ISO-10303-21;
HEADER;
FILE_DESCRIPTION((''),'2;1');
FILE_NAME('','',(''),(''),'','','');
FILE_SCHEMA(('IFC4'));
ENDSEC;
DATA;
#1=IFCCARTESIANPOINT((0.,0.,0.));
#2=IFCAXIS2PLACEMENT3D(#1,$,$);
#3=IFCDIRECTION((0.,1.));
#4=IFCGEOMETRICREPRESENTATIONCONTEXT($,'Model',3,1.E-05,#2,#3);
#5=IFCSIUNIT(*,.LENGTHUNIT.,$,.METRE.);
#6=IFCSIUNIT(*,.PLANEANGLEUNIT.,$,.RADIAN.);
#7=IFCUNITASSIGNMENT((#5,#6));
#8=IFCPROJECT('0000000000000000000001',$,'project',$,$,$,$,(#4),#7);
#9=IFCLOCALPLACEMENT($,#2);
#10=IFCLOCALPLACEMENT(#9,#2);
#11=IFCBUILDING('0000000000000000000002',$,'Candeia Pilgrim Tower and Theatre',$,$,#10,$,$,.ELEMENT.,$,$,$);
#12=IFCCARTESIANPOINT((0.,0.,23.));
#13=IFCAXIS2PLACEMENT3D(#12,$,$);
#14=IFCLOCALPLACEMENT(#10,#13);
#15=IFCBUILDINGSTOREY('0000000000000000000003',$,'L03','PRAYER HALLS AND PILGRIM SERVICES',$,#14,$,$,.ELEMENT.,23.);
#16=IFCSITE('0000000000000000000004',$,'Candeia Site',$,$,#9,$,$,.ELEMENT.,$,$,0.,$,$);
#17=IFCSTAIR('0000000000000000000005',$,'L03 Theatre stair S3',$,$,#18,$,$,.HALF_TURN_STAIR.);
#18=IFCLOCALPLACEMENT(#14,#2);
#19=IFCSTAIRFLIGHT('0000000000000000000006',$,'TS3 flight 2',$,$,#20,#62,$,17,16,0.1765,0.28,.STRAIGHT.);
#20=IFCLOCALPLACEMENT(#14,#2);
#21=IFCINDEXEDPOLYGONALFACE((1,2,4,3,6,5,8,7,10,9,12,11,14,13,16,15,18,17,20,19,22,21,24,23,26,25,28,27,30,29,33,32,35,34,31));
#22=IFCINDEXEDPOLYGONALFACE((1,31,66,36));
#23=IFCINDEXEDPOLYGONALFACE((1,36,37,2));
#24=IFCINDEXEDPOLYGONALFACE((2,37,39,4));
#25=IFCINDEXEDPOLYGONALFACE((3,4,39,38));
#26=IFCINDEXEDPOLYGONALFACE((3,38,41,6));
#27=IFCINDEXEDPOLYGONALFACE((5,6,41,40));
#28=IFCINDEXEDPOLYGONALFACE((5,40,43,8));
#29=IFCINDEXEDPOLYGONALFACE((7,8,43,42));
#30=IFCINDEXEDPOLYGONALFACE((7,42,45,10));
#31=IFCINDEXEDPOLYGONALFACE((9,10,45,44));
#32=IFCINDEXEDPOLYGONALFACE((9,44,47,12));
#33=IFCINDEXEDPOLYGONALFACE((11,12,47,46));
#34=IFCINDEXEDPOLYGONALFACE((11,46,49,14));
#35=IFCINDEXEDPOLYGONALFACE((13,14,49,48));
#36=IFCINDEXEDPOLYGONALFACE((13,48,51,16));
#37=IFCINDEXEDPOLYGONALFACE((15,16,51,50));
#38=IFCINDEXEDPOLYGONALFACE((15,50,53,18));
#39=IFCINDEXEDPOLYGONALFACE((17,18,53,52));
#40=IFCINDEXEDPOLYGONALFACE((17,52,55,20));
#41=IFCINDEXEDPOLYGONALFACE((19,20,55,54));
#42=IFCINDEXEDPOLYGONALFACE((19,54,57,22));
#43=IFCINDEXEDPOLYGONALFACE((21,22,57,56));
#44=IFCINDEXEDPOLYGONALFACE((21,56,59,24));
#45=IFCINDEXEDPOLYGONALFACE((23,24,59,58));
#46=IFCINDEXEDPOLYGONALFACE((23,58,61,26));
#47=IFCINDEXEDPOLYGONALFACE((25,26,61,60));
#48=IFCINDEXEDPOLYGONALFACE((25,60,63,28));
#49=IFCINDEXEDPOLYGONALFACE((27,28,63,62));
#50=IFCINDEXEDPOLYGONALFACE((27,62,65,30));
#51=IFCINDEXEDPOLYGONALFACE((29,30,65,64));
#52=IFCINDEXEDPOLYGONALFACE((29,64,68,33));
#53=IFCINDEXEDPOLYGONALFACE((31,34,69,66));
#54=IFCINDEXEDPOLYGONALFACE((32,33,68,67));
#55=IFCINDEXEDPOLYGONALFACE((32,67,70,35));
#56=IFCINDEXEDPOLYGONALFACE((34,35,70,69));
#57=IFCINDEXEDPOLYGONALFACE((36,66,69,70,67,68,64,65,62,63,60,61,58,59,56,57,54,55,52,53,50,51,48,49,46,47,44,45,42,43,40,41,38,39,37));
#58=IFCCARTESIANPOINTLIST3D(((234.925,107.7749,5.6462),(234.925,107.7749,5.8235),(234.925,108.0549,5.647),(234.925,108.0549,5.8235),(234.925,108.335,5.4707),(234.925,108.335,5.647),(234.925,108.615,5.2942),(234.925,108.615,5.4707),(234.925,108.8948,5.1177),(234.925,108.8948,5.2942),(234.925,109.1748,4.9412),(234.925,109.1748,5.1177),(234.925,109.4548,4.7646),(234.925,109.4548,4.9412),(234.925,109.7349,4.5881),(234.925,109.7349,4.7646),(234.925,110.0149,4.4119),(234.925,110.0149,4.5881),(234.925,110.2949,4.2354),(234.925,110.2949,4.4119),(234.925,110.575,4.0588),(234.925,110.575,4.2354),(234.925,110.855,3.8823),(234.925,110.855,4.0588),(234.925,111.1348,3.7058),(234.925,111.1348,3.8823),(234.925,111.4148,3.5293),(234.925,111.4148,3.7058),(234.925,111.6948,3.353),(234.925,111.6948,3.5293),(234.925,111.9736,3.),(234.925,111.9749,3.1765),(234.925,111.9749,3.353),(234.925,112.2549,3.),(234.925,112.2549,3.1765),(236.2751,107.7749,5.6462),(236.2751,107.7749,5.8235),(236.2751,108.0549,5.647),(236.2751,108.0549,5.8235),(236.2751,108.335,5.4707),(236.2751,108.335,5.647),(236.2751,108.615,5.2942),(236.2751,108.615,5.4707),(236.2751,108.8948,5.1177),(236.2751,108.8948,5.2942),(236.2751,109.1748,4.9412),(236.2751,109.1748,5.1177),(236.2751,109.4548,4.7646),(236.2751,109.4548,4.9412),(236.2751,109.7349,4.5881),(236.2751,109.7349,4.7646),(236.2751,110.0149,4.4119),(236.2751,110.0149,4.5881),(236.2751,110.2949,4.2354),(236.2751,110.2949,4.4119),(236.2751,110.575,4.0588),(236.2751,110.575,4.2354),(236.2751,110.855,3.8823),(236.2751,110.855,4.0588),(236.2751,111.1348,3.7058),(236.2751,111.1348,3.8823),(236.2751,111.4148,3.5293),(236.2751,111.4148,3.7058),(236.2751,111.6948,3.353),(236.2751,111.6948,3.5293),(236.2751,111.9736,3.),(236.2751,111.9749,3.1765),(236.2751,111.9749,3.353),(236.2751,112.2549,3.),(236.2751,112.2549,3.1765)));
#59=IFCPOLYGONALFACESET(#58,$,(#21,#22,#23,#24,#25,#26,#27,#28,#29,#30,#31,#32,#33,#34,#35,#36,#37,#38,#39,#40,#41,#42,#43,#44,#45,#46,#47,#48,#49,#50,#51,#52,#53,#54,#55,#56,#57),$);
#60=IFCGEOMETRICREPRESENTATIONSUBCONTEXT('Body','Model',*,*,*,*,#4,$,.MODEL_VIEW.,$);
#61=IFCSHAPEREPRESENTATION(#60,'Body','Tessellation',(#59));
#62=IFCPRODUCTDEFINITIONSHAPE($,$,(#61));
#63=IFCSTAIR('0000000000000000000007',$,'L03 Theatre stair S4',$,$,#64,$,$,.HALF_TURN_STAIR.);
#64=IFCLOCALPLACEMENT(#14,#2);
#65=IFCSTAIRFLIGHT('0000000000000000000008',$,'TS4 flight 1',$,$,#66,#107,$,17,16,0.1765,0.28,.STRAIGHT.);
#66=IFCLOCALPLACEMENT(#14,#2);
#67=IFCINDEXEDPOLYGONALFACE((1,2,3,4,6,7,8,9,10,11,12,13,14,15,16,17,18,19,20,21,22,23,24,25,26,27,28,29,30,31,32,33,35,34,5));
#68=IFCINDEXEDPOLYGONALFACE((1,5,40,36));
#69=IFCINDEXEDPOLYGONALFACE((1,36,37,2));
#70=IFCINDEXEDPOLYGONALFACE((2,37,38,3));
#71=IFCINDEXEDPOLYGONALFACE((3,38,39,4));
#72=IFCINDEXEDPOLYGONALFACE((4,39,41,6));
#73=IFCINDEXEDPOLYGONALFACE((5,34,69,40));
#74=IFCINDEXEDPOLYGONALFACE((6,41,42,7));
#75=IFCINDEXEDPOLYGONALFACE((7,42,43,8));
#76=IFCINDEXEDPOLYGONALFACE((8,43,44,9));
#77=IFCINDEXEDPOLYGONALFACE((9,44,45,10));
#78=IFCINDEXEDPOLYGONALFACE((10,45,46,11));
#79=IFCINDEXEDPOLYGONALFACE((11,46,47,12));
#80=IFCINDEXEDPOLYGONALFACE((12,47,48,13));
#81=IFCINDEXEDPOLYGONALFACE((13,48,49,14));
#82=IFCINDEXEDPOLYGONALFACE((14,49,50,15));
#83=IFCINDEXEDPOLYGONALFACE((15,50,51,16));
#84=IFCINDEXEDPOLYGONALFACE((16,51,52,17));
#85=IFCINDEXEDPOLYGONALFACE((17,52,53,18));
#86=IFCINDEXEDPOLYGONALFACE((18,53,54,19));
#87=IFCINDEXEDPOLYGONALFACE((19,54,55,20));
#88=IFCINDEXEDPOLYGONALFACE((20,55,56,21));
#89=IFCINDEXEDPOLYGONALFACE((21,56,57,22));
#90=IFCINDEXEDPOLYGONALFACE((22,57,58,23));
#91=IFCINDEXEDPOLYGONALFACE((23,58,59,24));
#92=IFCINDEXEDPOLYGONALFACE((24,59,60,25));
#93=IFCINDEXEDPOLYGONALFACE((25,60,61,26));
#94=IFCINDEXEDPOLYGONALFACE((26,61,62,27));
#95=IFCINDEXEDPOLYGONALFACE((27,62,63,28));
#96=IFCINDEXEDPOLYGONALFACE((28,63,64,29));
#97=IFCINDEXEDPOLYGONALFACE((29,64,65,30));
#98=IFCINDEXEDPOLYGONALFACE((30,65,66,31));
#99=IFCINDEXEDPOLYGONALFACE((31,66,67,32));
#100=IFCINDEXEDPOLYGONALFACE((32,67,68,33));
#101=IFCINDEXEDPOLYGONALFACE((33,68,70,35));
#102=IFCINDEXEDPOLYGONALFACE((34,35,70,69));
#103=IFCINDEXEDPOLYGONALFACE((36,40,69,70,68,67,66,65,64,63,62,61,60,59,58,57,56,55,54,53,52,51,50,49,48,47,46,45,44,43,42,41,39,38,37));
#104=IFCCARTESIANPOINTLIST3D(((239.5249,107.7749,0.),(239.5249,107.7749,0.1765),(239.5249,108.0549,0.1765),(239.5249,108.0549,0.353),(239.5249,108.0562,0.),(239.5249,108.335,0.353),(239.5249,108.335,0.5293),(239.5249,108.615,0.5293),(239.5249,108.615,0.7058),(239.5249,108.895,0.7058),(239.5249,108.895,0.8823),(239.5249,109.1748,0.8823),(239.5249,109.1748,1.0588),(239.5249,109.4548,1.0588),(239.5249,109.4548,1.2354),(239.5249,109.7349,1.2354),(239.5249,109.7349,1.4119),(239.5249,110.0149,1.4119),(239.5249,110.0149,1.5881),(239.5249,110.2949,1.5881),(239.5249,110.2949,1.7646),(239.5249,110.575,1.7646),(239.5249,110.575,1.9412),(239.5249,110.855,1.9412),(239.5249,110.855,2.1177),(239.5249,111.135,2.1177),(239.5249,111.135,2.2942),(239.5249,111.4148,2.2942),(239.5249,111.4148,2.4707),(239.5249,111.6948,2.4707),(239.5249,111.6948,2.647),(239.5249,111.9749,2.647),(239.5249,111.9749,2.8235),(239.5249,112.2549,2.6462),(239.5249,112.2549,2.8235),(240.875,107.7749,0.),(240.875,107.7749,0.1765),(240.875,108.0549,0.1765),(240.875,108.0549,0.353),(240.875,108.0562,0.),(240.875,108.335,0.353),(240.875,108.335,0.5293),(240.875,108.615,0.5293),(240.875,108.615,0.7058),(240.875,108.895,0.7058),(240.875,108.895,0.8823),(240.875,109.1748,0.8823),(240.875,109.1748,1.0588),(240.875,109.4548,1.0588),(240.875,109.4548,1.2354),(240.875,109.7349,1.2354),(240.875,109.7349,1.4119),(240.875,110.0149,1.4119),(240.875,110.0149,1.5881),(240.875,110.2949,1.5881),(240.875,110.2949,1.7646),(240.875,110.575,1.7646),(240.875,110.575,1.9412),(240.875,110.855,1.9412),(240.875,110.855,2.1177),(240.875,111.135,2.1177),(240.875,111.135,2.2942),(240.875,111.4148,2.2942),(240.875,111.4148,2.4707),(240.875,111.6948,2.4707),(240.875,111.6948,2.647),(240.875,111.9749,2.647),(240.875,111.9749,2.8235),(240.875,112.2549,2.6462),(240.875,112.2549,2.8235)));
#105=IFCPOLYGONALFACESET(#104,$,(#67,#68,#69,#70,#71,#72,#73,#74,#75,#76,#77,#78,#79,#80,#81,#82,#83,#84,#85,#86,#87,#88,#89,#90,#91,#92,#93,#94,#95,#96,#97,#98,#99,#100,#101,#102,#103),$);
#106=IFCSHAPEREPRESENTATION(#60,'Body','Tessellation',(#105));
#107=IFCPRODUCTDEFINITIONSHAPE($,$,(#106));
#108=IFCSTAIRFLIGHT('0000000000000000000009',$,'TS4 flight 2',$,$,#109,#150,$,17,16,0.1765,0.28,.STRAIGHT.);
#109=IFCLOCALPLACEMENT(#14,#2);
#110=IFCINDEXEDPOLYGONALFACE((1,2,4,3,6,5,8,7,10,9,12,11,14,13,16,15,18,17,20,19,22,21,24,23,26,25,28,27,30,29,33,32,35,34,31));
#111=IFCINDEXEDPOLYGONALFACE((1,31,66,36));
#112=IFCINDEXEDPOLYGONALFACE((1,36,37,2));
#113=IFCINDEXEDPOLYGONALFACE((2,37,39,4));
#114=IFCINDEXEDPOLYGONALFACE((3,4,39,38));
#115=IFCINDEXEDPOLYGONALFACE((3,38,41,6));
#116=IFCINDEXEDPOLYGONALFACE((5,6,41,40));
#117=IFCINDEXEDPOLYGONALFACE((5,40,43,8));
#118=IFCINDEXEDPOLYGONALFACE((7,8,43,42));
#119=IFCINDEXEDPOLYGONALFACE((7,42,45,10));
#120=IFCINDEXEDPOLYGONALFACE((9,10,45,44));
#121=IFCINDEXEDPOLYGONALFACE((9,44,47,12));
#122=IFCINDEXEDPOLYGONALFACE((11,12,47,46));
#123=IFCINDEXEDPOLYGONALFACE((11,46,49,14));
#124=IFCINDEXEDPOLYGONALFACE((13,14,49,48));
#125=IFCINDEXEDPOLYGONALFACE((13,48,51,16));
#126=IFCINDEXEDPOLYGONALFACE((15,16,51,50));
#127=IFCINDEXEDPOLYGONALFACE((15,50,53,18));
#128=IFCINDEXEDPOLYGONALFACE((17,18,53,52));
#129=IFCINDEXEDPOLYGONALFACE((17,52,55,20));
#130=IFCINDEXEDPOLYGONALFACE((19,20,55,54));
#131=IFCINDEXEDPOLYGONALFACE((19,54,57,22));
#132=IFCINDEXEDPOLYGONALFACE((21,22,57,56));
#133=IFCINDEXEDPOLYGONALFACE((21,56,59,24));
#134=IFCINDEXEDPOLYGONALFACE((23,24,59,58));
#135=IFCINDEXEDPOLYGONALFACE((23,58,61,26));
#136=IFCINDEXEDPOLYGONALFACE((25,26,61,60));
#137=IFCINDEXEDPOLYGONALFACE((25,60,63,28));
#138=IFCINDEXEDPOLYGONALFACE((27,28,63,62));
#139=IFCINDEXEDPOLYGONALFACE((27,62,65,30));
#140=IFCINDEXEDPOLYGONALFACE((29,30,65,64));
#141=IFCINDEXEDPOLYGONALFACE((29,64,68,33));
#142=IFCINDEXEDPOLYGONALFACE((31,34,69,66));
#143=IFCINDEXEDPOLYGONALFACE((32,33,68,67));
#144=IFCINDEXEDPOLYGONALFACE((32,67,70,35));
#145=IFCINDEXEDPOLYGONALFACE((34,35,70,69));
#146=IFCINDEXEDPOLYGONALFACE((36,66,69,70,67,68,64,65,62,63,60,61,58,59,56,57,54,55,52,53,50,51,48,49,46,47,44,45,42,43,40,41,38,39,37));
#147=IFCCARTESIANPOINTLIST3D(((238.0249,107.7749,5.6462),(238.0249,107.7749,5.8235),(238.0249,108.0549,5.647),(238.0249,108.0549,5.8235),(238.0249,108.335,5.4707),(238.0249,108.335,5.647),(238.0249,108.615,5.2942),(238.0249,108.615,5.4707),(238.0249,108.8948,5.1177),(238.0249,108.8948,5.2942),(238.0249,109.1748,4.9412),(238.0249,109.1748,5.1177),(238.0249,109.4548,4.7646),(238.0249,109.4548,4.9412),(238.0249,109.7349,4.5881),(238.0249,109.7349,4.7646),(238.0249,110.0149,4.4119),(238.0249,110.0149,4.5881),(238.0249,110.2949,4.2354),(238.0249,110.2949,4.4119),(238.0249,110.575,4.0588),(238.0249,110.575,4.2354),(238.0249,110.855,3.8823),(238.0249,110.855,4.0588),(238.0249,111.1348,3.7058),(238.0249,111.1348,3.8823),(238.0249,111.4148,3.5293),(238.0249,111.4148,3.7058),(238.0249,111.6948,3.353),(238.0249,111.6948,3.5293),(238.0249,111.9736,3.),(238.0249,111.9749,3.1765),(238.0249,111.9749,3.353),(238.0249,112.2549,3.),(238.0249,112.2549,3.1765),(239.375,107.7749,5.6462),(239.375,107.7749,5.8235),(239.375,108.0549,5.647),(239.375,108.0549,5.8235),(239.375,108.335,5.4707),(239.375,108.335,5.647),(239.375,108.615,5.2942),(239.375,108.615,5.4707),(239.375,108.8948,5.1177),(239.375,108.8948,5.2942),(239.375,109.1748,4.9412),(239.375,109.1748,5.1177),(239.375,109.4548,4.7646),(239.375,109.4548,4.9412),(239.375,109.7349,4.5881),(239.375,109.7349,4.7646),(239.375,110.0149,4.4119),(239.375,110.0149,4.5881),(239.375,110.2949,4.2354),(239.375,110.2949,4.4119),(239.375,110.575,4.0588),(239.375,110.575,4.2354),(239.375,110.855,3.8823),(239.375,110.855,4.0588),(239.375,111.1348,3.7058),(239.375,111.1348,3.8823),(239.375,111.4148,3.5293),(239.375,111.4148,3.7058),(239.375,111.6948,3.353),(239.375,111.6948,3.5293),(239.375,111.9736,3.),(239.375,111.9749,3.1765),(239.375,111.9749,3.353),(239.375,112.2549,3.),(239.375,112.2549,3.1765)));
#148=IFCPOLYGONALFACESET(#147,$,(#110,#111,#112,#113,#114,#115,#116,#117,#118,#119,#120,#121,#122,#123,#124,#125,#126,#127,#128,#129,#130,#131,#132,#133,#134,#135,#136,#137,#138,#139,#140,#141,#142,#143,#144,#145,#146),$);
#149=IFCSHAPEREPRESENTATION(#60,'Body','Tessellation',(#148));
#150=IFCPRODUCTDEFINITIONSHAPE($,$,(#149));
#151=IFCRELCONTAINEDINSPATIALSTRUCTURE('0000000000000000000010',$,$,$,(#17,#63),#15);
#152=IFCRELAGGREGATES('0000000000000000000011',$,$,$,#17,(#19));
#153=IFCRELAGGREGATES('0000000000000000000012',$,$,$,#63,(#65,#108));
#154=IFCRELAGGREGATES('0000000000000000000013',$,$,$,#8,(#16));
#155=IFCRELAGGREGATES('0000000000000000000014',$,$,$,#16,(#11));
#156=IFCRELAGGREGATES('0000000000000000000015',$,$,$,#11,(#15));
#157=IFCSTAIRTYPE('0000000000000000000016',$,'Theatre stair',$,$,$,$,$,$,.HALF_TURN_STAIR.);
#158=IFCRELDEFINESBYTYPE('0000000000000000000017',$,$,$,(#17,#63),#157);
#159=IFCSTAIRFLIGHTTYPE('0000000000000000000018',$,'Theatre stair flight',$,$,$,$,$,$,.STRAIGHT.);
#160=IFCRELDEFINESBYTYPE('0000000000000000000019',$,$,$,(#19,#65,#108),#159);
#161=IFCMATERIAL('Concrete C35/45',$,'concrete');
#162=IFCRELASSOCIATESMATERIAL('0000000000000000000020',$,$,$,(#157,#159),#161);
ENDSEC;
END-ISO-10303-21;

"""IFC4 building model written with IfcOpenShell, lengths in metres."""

from ifc_helpers import new_model, si_unit, direction, frame, origin, place, context, subcontext, project, spatial, polyline, outline, extrude, material, type_object, element, aggregate, save


model = new_model("IFC4")

# Units and contexts
model_context = context("Model", 3, precision=1e-05, world=origin(), true_north=direction((0.0, 1.0)))
body_context = subcontext(model_context, "Body", "Model", "MODEL_VIEW")
ifc_project = project(units=[si_unit("LENGTHUNIT", "METRE"), si_unit("PLANEANGLEUNIT", "RADIAN")], contexts=[model_context])

# Site, building, storey
site_placement = place(None, origin())
site = spatial("IfcSite", under=ifc_project, at=site_placement, Name="Candeia Site", CompositionType="ELEMENT", RefElevation=0.0)
building_placement = place(site_placement, origin())
building = spatial("IfcBuilding", under=site, at=building_placement, Name="Candeia Pilgrim Tower and Theatre", CompositionType="ELEMENT")
storey_placement = place(building_placement, frame((0.0, 0.0, 23.0)))
storey = spatial("IfcBuildingStorey", under=building, at=storey_placement, Name="L03", Description="PRAYER HALLS AND PILGRIM SERVICES", CompositionType="ELEMENT", Elevation=23.0)

# Shared definitions
ifc_material_1 = material(Name="Concrete C35/45", Category="concrete")

# Stairs, stair flights
stair_type = type_object("IfcStairType", Name="Theatre stair", PredefinedType="HALF_TURN_STAIR", material=ifc_material_1)
stair_1_placement = place(storey_placement, origin())
stair_1 = element("IfcStair", 1, at=stair_1_placement, inside=storey, type_object=stair_type, Name="L03 Theatre stair S3", PredefinedType="HALF_TURN_STAIR")
stair_flight_type = type_object("IfcStairFlightType", Name="Theatre stair flight", PredefinedType="STRAIGHT", material=ifc_material_1)
stair_flight_1_placement = place(storey_placement, frame((235.6001, 112.2549, 3.0), z_axis=(0.0, 0.0, 1.0), x_axis=(0.0, -1.0, 0.0)))
stair_flight_1 = element("IfcStairFlight", 2, at=stair_flight_1_placement, type_object=stair_flight_type, Name="TS3 flight 2", NumberOfRisers=17, NumberOfTreads=16, PredefinedType="STRAIGHT", RiserHeight=0.1765, TreadLength=0.28, context=body_context, shape_type="SweptSolid", body=[
    extrude(outline(polyline([(0.0, 0.0), (0.0, 0.1765), (0.28, 0.1765), (0.28, 0.353), (0.5601, 0.353), (0.5601, 0.5293), (0.8401, 0.5293), (0.8401, 0.7058), (1.1201, 0.7058), (1.1201, 0.8823), (1.3999, 0.8823), (1.3999, 1.0588), (1.6799, 1.0588), (1.6799, 1.2354), (1.96, 1.2354), (1.96, 1.4119), (2.24, 1.4119), (2.24, 1.5881), (2.52, 1.5881), (2.52, 1.7646), (2.8, 1.7646), (2.8, 1.9412), (3.0801, 1.9412), (3.0801, 2.1177), (3.3601, 2.1177), (3.3601, 2.2942), (3.6399, 2.2942), (3.6399, 2.4707), (3.9199, 2.4707), (3.9199, 2.647), (4.2, 2.647), (4.2, 2.8235), (4.48, 2.8235), (4.48, 3.0), (4.48, 2.6462), (0.2812, 0.0), (0.0, 0.0)])), frame((0.0, 0.675, 0.0), z_axis=(0.0, -1.0, 0.0), x_axis=(1.0, 0.0, 0.0)), (0.0, 0.0, 1.0), 1.3501),
])
aggregate(stair_1, [stair_flight_1])
stair_2_placement = place(storey_placement, origin())
stair_2 = element("IfcStair", 3, at=stair_2_placement, inside=storey, type_object=stair_type, Name="L03 Theatre stair S4", PredefinedType="HALF_TURN_STAIR")
stair_flight_2_placement = place(storey_placement, frame((240.2, 107.7749, 0.0), z_axis=(0.0, 0.0, 1.0), x_axis=(0.0, 1.0, 0.0)))
stair_flight_2 = element("IfcStairFlight", 4, at=stair_flight_2_placement, type_object=stair_flight_type, Name="TS4 flight 1", NumberOfRisers=17, NumberOfTreads=16, PredefinedType="STRAIGHT", RiserHeight=0.1765, TreadLength=0.28, context=body_context, shape_type="SweptSolid", body=[
    extrude(outline(polyline([(0.0, 0.0), (0.0, 0.1765), (0.28, 0.1765), (0.28, 0.353), (0.5601, 0.353), (0.5601, 0.5293), (0.8401, 0.5293), (0.8401, 0.7058), (1.1201, 0.7058), (1.1201, 0.8823), (1.3999, 0.8823), (1.3999, 1.0588), (1.6799, 1.0588), (1.6799, 1.2354), (1.96, 1.2354), (1.96, 1.4119), (2.24, 1.4119), (2.24, 1.5881), (2.52, 1.5881), (2.52, 1.7646), (2.8, 1.7646), (2.8, 1.9412), (3.0801, 1.9412), (3.0801, 2.1177), (3.3601, 2.1177), (3.3601, 2.2942), (3.6399, 2.2942), (3.6399, 2.4707), (3.9199, 2.4707), (3.9199, 2.647), (4.2, 2.647), (4.2, 2.8235), (4.48, 2.8235), (4.48, 3.0), (4.48, 2.6462), (0.2812, 0.0), (0.0, 0.0)])), frame((0.0, 0.675, 0.0), z_axis=(0.0, -1.0, 0.0), x_axis=(1.0, 0.0, 0.0)), (0.0, 0.0, 1.0), 1.3501),
])
stair_flight_3_placement = place(storey_placement, frame((238.7, 112.2549, 3.0), z_axis=(0.0, 0.0, 1.0), x_axis=(0.0, -1.0, 0.0)))
stair_flight_3 = element("IfcStairFlight", 5, at=stair_flight_3_placement, type_object=stair_flight_type, Name="TS4 flight 2", NumberOfRisers=17, NumberOfTreads=16, PredefinedType="STRAIGHT", RiserHeight=0.1765, TreadLength=0.28, context=body_context, shape_type="SweptSolid", body=[
    extrude(outline(polyline([(0.0, 0.0), (0.0, 0.1765), (0.28, 0.1765), (0.28, 0.353), (0.5601, 0.353), (0.5601, 0.5293), (0.8401, 0.5293), (0.8401, 0.7058), (1.1201, 0.7058), (1.1201, 0.8823), (1.3999, 0.8823), (1.3999, 1.0588), (1.6799, 1.0588), (1.6799, 1.2354), (1.96, 1.2354), (1.96, 1.4119), (2.24, 1.4119), (2.24, 1.5881), (2.52, 1.5881), (2.52, 1.7646), (2.8, 1.7646), (2.8, 1.9412), (3.0801, 1.9412), (3.0801, 2.1177), (3.3601, 2.1177), (3.3601, 2.2942), (3.6399, 2.2942), (3.6399, 2.4707), (3.9199, 2.4707), (3.9199, 2.647), (4.2, 2.647), (4.2, 2.8235), (4.48, 2.8235), (4.48, 3.0), (4.48, 2.6462), (0.2812, 0.0), (0.0, 0.0)])), frame((0.0, 0.675, 0.0), z_axis=(0.0, -1.0, 0.0), x_axis=(1.0, 0.0, 0.0)), (0.0, 0.0, 1.0), 1.3501),
])
aggregate(stair_2, [stair_flight_2, stair_flight_3])

save(model, "model.ifc")
